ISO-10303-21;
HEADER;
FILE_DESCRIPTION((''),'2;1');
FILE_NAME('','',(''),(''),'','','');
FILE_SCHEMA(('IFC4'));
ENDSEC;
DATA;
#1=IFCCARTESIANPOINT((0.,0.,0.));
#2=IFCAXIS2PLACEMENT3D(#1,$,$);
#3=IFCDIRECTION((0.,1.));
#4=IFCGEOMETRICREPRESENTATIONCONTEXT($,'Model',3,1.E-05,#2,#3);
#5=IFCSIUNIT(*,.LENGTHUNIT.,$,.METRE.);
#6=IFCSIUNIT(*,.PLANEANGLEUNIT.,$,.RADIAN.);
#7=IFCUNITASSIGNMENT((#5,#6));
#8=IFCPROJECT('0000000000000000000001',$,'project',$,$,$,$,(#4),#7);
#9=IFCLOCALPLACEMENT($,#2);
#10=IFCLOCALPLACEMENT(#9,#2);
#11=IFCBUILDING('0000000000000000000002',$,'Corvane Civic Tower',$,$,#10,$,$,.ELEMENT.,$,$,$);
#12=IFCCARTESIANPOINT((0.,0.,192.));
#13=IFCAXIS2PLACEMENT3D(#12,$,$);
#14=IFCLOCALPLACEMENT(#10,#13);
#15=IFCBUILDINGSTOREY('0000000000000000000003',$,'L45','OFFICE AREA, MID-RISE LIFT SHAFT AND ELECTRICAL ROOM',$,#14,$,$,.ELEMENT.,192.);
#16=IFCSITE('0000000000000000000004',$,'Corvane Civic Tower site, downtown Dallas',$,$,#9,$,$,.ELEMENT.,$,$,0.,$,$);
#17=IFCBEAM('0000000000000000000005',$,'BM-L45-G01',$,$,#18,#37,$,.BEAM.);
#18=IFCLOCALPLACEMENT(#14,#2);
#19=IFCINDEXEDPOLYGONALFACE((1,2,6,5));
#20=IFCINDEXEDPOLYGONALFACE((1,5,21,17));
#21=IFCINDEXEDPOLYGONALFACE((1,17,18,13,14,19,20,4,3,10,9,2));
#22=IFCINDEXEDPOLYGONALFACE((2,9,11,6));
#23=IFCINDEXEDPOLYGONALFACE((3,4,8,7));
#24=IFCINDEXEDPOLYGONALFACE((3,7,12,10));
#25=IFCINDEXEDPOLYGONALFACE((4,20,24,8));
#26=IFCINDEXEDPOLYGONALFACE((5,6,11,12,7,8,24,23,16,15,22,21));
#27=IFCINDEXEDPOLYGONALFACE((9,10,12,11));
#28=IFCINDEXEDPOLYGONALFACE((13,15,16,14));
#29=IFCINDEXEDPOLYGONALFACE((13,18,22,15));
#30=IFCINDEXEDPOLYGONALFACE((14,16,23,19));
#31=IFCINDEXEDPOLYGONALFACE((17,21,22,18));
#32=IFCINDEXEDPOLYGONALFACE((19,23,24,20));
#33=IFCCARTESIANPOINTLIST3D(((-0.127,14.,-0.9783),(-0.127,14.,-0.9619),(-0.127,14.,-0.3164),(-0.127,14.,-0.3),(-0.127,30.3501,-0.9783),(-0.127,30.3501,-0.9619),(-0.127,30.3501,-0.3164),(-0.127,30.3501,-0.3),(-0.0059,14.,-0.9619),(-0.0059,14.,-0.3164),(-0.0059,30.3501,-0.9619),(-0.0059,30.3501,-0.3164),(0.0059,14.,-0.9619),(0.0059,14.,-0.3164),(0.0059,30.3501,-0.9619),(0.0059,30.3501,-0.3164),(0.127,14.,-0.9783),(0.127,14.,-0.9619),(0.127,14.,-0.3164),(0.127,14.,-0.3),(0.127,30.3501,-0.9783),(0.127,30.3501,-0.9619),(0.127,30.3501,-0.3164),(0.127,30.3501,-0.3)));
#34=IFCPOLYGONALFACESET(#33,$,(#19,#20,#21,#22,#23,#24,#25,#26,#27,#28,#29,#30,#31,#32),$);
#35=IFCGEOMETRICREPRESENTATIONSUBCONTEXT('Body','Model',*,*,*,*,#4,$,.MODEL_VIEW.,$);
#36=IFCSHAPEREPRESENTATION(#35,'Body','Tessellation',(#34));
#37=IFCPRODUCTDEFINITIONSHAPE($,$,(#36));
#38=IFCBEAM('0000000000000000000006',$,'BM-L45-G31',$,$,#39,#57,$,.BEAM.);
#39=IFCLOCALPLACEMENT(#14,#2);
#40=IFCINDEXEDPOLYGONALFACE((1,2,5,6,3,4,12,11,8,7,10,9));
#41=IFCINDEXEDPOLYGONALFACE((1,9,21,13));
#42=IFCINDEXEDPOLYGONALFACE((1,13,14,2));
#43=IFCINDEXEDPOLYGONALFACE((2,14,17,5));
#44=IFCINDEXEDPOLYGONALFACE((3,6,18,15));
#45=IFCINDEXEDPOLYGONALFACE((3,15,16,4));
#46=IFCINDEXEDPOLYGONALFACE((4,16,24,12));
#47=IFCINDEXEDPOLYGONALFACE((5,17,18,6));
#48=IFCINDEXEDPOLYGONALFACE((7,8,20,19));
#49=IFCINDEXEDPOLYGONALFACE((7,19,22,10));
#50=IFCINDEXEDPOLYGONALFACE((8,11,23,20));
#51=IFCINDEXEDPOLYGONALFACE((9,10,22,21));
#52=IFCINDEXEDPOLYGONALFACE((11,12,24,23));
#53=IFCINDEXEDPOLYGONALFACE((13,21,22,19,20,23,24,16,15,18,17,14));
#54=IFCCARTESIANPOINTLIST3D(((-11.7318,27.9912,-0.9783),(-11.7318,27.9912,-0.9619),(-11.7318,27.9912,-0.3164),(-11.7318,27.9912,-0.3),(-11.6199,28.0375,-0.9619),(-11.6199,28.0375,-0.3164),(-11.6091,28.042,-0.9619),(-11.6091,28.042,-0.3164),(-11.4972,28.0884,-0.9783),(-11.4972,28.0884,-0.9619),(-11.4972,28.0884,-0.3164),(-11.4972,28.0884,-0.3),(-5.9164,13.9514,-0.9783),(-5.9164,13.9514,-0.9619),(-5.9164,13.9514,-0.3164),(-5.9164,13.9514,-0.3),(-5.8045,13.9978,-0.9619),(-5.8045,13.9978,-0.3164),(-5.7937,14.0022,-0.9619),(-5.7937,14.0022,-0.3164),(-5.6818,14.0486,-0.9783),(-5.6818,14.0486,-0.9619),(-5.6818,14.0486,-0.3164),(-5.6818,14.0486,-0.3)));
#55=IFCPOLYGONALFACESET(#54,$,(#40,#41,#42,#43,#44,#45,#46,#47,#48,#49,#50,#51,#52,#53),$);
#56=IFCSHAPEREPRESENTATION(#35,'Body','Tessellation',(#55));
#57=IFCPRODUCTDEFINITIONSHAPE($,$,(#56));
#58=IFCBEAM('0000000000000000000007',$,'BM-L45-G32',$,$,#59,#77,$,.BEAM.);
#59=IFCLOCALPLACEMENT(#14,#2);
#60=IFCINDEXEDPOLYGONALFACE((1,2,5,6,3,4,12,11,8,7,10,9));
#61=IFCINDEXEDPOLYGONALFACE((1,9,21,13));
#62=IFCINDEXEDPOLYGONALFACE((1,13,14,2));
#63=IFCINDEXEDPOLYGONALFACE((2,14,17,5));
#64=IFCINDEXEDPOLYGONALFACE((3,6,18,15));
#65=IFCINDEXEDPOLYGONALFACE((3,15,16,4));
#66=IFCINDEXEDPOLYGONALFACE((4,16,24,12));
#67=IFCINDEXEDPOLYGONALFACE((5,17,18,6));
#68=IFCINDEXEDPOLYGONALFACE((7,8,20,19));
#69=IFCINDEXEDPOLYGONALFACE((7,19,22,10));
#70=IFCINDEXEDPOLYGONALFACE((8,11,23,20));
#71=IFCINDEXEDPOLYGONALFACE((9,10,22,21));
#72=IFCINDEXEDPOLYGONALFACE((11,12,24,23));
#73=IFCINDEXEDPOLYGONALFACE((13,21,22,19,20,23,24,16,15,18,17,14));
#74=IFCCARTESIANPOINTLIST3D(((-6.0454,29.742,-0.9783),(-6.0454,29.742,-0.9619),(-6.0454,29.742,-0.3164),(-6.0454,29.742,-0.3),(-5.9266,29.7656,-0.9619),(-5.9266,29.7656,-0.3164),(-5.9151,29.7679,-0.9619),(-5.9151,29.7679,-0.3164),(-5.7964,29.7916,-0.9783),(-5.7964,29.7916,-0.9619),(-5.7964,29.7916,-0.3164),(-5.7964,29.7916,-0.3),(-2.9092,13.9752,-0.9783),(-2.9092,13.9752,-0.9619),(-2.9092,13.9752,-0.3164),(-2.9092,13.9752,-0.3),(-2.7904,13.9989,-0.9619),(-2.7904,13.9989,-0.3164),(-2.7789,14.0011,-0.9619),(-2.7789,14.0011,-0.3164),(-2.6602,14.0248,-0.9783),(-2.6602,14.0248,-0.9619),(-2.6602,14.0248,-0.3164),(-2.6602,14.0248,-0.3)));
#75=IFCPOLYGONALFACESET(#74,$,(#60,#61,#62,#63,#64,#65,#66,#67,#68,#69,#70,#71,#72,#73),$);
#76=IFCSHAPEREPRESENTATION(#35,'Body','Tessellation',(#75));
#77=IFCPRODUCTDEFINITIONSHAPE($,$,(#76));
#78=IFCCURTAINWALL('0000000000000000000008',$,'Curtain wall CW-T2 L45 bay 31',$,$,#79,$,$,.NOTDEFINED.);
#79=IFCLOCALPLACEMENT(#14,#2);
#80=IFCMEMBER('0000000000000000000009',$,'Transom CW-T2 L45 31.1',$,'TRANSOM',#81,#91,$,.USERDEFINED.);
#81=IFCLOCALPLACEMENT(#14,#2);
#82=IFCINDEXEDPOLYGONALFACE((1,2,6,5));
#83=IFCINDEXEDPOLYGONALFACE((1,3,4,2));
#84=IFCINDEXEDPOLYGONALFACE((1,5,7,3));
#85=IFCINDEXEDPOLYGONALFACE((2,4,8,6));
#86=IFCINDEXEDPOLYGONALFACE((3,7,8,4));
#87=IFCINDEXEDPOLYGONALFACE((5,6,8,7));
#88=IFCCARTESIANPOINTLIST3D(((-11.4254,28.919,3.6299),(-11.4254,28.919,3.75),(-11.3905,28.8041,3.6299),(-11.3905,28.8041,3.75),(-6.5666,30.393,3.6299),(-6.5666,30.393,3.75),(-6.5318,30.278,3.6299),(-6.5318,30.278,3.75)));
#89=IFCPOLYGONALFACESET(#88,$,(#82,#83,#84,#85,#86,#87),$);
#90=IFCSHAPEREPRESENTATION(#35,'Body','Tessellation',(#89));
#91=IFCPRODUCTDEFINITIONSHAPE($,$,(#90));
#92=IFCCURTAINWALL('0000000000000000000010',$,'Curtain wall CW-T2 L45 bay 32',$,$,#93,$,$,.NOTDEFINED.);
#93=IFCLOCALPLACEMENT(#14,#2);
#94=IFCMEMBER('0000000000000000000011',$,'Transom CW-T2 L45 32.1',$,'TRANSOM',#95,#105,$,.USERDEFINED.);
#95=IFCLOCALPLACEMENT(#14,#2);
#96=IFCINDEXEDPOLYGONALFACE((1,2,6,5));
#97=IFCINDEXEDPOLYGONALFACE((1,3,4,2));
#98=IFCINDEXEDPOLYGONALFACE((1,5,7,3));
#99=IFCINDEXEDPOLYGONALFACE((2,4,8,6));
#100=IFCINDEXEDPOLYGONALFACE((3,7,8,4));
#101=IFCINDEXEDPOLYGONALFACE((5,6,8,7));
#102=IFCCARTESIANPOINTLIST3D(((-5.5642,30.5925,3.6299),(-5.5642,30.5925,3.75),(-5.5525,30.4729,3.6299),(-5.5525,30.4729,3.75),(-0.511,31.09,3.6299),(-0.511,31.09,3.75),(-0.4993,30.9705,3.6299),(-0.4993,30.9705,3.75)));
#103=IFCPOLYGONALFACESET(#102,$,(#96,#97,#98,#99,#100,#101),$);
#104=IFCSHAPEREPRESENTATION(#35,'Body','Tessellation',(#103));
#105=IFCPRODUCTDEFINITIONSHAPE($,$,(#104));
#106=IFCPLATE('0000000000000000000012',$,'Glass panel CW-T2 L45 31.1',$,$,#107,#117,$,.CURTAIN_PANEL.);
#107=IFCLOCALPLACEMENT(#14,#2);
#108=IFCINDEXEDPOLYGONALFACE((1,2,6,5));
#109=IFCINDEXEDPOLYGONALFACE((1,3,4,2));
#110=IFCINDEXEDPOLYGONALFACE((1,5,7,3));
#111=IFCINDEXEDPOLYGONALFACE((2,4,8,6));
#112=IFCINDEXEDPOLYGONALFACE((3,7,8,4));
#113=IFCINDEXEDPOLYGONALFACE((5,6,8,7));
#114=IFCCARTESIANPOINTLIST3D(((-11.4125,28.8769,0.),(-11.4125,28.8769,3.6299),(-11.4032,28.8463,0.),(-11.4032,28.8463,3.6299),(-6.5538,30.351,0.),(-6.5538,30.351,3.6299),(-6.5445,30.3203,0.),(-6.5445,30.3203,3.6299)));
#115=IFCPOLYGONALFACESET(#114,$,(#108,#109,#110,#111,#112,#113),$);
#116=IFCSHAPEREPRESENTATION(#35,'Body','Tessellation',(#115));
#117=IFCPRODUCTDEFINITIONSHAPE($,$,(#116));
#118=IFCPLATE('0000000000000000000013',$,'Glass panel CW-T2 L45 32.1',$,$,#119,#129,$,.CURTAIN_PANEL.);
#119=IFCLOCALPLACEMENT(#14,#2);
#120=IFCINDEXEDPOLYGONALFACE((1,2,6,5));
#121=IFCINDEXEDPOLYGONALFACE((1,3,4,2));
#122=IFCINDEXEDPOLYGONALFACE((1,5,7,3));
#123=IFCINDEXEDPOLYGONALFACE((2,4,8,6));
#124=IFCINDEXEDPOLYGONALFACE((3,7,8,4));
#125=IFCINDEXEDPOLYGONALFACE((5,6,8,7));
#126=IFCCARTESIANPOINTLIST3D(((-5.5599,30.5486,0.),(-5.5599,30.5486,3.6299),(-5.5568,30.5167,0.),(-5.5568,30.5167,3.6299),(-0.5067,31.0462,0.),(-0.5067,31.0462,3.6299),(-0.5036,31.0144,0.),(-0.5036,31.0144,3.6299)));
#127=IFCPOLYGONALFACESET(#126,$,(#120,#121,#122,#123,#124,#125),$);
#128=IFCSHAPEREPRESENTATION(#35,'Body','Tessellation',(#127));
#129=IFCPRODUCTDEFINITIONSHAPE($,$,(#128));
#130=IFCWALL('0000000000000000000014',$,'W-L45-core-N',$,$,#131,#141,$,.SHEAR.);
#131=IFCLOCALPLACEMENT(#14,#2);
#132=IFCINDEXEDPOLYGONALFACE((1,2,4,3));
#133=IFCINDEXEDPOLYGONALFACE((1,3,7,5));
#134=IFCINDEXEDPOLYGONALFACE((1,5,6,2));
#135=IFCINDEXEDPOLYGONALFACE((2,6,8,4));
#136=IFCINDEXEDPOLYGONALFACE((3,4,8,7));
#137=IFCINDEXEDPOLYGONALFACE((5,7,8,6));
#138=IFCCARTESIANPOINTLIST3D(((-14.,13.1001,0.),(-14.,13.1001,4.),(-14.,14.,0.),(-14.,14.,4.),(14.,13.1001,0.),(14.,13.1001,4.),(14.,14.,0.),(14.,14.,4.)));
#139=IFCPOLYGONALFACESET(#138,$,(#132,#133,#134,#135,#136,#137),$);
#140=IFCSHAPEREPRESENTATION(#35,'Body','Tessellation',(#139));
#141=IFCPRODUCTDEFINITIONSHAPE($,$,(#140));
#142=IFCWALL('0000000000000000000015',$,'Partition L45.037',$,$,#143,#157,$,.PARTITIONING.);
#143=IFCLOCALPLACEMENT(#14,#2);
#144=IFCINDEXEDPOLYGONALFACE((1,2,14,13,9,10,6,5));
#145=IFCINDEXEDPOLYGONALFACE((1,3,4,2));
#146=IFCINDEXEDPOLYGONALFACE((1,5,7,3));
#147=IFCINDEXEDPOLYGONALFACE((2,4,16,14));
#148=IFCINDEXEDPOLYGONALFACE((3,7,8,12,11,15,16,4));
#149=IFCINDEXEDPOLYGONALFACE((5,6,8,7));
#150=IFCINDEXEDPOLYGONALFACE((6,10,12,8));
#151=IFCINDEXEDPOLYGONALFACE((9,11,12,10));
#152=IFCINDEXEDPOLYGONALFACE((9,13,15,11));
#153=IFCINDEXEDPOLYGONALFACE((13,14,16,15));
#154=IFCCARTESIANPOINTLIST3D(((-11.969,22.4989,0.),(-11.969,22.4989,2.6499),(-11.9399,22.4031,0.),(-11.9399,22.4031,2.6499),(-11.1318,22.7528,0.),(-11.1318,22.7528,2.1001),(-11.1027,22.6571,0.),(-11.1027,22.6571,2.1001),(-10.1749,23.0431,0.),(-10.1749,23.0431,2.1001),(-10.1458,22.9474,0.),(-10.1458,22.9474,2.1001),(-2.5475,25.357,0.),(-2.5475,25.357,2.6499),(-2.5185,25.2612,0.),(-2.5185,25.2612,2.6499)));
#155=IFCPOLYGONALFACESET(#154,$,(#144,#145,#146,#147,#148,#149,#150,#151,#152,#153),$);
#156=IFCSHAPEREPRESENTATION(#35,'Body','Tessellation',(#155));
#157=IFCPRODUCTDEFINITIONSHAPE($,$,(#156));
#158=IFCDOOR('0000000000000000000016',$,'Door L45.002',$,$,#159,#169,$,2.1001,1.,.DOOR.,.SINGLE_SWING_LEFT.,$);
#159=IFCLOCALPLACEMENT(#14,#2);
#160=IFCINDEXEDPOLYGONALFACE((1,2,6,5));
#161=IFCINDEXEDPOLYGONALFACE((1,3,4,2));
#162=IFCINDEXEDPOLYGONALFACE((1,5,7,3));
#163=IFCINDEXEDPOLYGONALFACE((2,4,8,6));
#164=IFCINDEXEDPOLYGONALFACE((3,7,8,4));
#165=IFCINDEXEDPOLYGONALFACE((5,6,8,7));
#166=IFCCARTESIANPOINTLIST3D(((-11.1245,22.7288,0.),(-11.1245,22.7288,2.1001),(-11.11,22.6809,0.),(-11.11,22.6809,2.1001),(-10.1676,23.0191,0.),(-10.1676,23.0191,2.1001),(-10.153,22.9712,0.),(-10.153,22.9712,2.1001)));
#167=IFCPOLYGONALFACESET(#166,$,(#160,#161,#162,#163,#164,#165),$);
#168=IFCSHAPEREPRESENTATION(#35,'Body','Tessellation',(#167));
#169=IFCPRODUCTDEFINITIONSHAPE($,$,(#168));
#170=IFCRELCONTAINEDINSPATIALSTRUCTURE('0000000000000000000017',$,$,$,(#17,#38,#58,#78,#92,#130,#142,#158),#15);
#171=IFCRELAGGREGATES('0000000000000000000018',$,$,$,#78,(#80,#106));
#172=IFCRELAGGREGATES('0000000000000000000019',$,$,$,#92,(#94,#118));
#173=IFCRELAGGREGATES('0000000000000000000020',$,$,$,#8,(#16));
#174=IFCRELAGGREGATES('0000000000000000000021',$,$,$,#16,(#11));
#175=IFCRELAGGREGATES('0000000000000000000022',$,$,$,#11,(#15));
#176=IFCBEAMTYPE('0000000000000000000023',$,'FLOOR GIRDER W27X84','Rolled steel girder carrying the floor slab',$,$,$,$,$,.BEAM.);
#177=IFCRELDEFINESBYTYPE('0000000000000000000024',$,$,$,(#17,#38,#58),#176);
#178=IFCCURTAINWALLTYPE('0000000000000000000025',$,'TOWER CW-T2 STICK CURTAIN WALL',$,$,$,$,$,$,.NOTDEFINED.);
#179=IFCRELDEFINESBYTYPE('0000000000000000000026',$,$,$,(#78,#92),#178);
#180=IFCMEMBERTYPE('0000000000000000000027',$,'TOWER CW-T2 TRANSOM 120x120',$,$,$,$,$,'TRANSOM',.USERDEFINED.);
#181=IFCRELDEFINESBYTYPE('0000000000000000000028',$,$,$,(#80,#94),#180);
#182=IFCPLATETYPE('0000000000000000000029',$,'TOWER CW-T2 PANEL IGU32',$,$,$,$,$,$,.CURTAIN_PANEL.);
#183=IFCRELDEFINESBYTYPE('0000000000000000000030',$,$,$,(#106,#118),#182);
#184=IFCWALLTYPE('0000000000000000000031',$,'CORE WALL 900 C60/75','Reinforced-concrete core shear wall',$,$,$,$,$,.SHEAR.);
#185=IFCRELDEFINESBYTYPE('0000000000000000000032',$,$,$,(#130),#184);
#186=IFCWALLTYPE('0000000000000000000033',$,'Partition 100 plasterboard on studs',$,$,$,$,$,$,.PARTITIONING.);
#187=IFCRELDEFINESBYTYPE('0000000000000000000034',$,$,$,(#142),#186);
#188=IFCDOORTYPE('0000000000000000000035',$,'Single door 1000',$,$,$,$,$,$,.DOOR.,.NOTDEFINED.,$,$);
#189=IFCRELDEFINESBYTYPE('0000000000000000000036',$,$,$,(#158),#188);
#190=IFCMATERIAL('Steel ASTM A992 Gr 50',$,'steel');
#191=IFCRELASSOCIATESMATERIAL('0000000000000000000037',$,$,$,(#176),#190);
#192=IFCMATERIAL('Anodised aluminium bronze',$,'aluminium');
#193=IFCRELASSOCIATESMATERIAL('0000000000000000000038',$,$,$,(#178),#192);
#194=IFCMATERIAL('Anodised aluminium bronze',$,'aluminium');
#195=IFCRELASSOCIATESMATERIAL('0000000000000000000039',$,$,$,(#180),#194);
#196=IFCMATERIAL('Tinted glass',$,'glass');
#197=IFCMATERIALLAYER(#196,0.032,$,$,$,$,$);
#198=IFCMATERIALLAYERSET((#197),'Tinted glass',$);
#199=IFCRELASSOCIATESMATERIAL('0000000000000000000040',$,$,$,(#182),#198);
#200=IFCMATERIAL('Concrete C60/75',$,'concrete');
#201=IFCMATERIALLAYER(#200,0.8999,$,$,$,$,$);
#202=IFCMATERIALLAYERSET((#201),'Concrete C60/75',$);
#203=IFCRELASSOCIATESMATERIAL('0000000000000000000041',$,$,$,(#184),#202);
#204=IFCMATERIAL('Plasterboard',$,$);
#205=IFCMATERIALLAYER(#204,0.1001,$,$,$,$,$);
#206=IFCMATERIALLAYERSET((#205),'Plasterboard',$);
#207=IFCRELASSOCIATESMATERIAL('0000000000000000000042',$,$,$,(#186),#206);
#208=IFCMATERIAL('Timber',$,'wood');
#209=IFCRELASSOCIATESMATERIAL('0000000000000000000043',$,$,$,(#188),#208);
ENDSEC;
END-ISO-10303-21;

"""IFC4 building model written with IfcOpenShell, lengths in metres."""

from ifc_helpers import new_model, si_unit, direction, frame, frame_2d, origin, origin_2d, place, context, subcontext, project, spatial, rectangle, i_section, extrude, material, layer, layer_set, material_profile, profile_set, type_object, element, fill, aggregate, save


model = new_model("IFC4")

# Units and contexts
model_context = context("Model", 3, precision=1e-05, world=origin(), true_north=direction((0.0, 1.0)))
body_context = subcontext(model_context, "Body", "Model", "MODEL_VIEW")
ifc_project = project(units=[si_unit("LENGTHUNIT", "METRE"), si_unit("PLANEANGLEUNIT", "RADIAN")], contexts=[model_context])

# Site, building, storey
site_placement = place(None, origin())
site = spatial("IfcSite", under=ifc_project, at=site_placement, Name="Corvane Civic Tower site, downtown Dallas", CompositionType="ELEMENT", RefElevation=0.0)
building_placement = place(site_placement, origin())
building = spatial("IfcBuilding", under=site, at=building_placement, Name="Corvane Civic Tower", CompositionType="ELEMENT")
storey_placement = place(building_placement, frame((0.0, 0.0, 192.0)))
storey = spatial("IfcBuildingStorey", under=building, at=storey_placement, Name="L45", Description="OFFICE AREA, MID-RISE LIFT SHAFT AND ELECTRICAL ROOM", CompositionType="ELEMENT", Elevation=192.0)

# Beams
ifc_material_1 = material(Name="Steel ASTM A992 Gr 50", Category="steel")
ifc_material_profile_1 = material_profile(ifc_material_1, i_section(OverallWidth=0.2539, OverallDepth=0.6782, WebThickness=0.0117, FlangeThickness=0.0164, at=origin_2d()), Name="W27X84")
ifc_profile_set_1 = profile_set([ifc_material_profile_1], Name="Steel ASTM A992 Gr 50")
beam_type_1 = type_object("IfcBeamType", Name="FLOOR GIRDER W27X84", Description="Rolled steel girder carrying the floor slab", PredefinedType="BEAM", material=ifc_profile_set_1)
beam_1_placement = place(storey_placement, frame((0.0, 14.0, -0.6392), z_axis=(0.0, 1.0, 0.0), x_axis=(-1.0, 0.0, 0.0)))
element("IfcBeam", 1, at=beam_1_placement, inside=storey, type_object=beam_type_1, Name="BM-L45-G01", PredefinedType="BEAM", context=body_context, shape_type="SweptSolid", body=[
    extrude(i_section(OverallWidth=0.2539, OverallDepth=0.6782, WebThickness=0.0117, FlangeThickness=0.0164, at=origin_2d()), origin(), (0.0, 0.0, 1.0), 16.3501),
])
beam_2_placement = place(storey_placement, frame((-5.7991, 14.0, -0.6392), z_axis=(-0.382681, 0.923881, 0.0), x_axis=(-0.923881, -0.382681, 0.0)))
element("IfcBeam", 2, at=beam_2_placement, inside=storey, type_object=beam_type_1, Name="BM-L45-G31", PredefinedType="BEAM", context=body_context, shape_type="SweptSolid", body=[
    extrude(i_section(OverallWidth=0.2539, OverallDepth=0.6782, WebThickness=0.0117, FlangeThickness=0.0164, at=origin_2d()), origin(), (0.0, 0.0, 1.0), 15.1965),
])
beam_3_placement = place(storey_placement, frame((-2.7847, 14.0, -0.6392), z_axis=(-0.195091, 0.980785, 0.0), x_axis=(-0.980785, -0.195091, 0.0)))
element("IfcBeam", 3, at=beam_3_placement, inside=storey, type_object=beam_type_1, Name="BM-L45-G32", PredefinedType="BEAM", context=body_context, shape_type="SweptSolid", body=[
    extrude(i_section(OverallWidth=0.2539, OverallDepth=0.6782, WebThickness=0.0117, FlangeThickness=0.0164, at=origin_2d()), origin(), (0.0, 0.0, 1.0), 16.0757),
])

# Curtain walls, members
ifc_material_2 = material(Name="Anodised aluminium bronze", Category="aluminium")
curtain_wall_type = type_object("IfcCurtainWallType", Name="TOWER CW-T2 STICK CURTAIN WALL", PredefinedType="NOTDEFINED", material=ifc_material_2)
curtain_wall_1_placement = place(storey_placement, origin())
curtain_wall_1 = element("IfcCurtainWall", 4, at=curtain_wall_1_placement, inside=storey, type_object=curtain_wall_type, Name="Curtain wall CW-T2 L45 bay 31", PredefinedType="NOTDEFINED")
ifc_material_3 = material(Name="Anodised aluminium bronze", Category="aluminium")
ifc_material_profile_2 = material_profile(ifc_material_3, rectangle(XDim=0.1201, YDim=0.1201, at=origin_2d()), Name="TOWER CW-T2 TRANSOM 120x120")
ifc_profile_set_2 = profile_set([ifc_material_profile_2], Name="Anodised aluminium bronze")
member_type = type_object("IfcMemberType", Name="TOWER CW-T2 TRANSOM 120x120", ElementType="TRANSOM", PredefinedType="USERDEFINED", material=ifc_profile_set_2)
member_1_placement = place(storey_placement, frame((-11.408, 28.8616, 3.6899), z_axis=(0.956939, 0.290289, 0.0), x_axis=(-0.290289, 0.956939, 0.0)))
member_1 = element("IfcMember", 5, at=member_1_placement, type_object=member_type, Name="Transom CW-T2 L45 31.1", ObjectType="TRANSOM", PredefinedType="USERDEFINED", context=body_context, shape_type="SweptSolid", body=[
    extrude(rectangle(XDim=0.1201, YDim=0.1201, at=origin_2d()), origin(), (0.0, 0.0, 1.0), 5.0774),
])
curtain_wall_2_placement = place(storey_placement, origin())
curtain_wall_2 = element("IfcCurtainWall", 6, at=curtain_wall_2_placement, inside=storey, type_object=curtain_wall_type, Name="Curtain wall CW-T2 L45 bay 32", PredefinedType="NOTDEFINED")
member_2_placement = place(storey_placement, frame((-5.5583, 30.5327, 3.6899), z_axis=(0.995187, 0.09799, 0.0), x_axis=(-0.09799, 0.995187, 0.0)))
member_2 = element("IfcMember", 7, at=member_2_placement, type_object=member_type, Name="Transom CW-T2 L45 32.1", ObjectType="TRANSOM", PredefinedType="USERDEFINED", context=body_context, shape_type="SweptSolid", body=[
    extrude(rectangle(XDim=0.1201, YDim=0.1201, at=origin_2d()), origin(), (0.0, 0.0, 1.0), 5.0776),
])

# Plates
ifc_material_4 = material(Name="Tinted glass", Category="glass")
ifc_layer_1 = layer(ifc_material_4, 0.032)
ifc_layer_set_1 = layer_set([ifc_layer_1], Name="Tinted glass")
plate_type = type_object("IfcPlateType", Name="TOWER CW-T2 PANEL IGU32", PredefinedType="CURTAIN_PANEL", material=ifc_layer_set_1)
plate_1_placement = place(storey_placement, frame((-8.9785, 29.5986, 0.0), z_axis=(0.0, 0.0, 1.0), x_axis=(0.956932, 0.290313, 0.0)))
plate_1 = element("IfcPlate", 8, at=plate_1_placement, type_object=plate_type, Name="Glass panel CW-T2 L45 31.1", PredefinedType="CURTAIN_PANEL", context=body_context, shape_type="SweptSolid", body=[
    extrude(rectangle(XDim=5.0774, YDim=0.032, at=origin_2d()), origin(), (0.0, 0.0, 1.0), 3.6299),
])
aggregate(curtain_wall_1, [member_1, plate_1])
plate_2_placement = place(storey_placement, frame((-3.0317, 30.7815, 0.0), z_axis=(0.0, 0.0, 1.0), x_axis=(0.995185, 0.098012, 0.0)))
plate_2 = element("IfcPlate", 9, at=plate_2_placement, type_object=plate_type, Name="Glass panel CW-T2 L45 32.1", PredefinedType="CURTAIN_PANEL", context=body_context, shape_type="SweptSolid", body=[
    extrude(rectangle(XDim=5.0776, YDim=0.032, at=origin_2d()), origin(), (0.0, 0.0, 1.0), 3.6299),
])
aggregate(curtain_wall_2, [member_2, plate_2])

# Wall
ifc_material_5 = material(Name="Concrete C60/75", Category="concrete")
ifc_layer_2 = layer(ifc_material_5, 0.8999)
ifc_layer_set_2 = layer_set([ifc_layer_2], Name="Concrete C60/75")
wall_type_1 = type_object("IfcWallType", Name="CORE WALL 900 C60/75", Description="Reinforced-concrete core shear wall", PredefinedType="SHEAR", material=ifc_layer_set_2)
wall_1_placement = place(storey_placement, frame((-14.0, 13.55, 0.0), z_axis=(0.0, 0.0, 1.0), x_axis=(1.0, 0.0, 0.0)))
element("IfcWall", 10, at=wall_1_placement, inside=storey, type_object=wall_type_1, Name="W-L45-core-N", PredefinedType="SHEAR", context=body_context, shape_type="SweptSolid", body=[
    extrude(rectangle(XDim=28.0, YDim=0.8999, at=frame_2d((14.0, 0.0))), origin(), (0.0, 0.0, 1.0), 4.0),
])

# Wall, opening, door
ifc_material_6 = material(Name="Plasterboard")
ifc_layer_3 = layer(ifc_material_6, 0.1001)
ifc_layer_set_3 = layer_set([ifc_layer_3], Name="Plasterboard")
wall_type_2 = type_object("IfcWallType", Name="Partition 100 plasterboard on studs", PredefinedType="PARTITIONING", material=ifc_layer_set_3)
wall_2_placement = place(storey_placement, frame((-11.9546, 22.4509, 0.0), z_axis=(0.0, 0.0, 1.0), x_axis=(0.956934, 0.290304, 0.0)))
wall_2 = element("IfcWall", 11, at=wall_2_placement, inside=storey, type_object=wall_type_2, Name="Partition L45.037", PredefinedType="PARTITIONING", context=body_context, shape_type="SweptSolid", body=[
    extrude(rectangle(XDim=9.8455, YDim=0.1001, at=frame_2d((4.9229, 0.0))), origin(), (0.0, 0.0, 1.0), 2.6499),
])
opening_1_placement = place(wall_2_placement, frame((0.875, 0.0, 0.0)))
opening_1 = element("IfcOpeningElement", 12, at=opening_1_placement, cuts=wall_2, PredefinedType="OPENING", context=body_context, shape_type="SweptSolid", body=[
    extrude(rectangle(XDim=1.0, YDim=2.1001, at=frame_2d((0.5, 1.05))), frame((0.0, 0.0601, 0.0), z_axis=(0.0, -1.0, 0.0), x_axis=(1.0, 0.0, 0.0)), (0.0, 0.0, 1.0), 0.1201),
])
ifc_material_7 = material(Name="Timber", Category="wood")
door_type = type_object("IfcDoorType", Name="Single door 1000", OperationType="NOTDEFINED", PredefinedType="DOOR", material=ifc_material_7)
door_1_placement = place(opening_1_placement, origin())
door_1 = element("IfcDoor", 13, at=door_1_placement, inside=storey, type_object=door_type, Name="Door L45.002", OperationType="SINGLE_SWING_LEFT", OverallHeight=2.1001, OverallWidth=1.0, PredefinedType="DOOR", context=body_context, shape_type="SweptSolid", body=[
    extrude(rectangle(XDim=1.0, YDim=2.1001, at=frame_2d((0.5, 1.05))), frame((0.0, 0.0249, 0.0), z_axis=(0.0, -1.0, 0.0), x_axis=(1.0, 0.0, 0.0)), (0.0, 0.0, 1.0), 0.05),
])
fill(opening_1, door_1)

save(model, "model.ifc")
